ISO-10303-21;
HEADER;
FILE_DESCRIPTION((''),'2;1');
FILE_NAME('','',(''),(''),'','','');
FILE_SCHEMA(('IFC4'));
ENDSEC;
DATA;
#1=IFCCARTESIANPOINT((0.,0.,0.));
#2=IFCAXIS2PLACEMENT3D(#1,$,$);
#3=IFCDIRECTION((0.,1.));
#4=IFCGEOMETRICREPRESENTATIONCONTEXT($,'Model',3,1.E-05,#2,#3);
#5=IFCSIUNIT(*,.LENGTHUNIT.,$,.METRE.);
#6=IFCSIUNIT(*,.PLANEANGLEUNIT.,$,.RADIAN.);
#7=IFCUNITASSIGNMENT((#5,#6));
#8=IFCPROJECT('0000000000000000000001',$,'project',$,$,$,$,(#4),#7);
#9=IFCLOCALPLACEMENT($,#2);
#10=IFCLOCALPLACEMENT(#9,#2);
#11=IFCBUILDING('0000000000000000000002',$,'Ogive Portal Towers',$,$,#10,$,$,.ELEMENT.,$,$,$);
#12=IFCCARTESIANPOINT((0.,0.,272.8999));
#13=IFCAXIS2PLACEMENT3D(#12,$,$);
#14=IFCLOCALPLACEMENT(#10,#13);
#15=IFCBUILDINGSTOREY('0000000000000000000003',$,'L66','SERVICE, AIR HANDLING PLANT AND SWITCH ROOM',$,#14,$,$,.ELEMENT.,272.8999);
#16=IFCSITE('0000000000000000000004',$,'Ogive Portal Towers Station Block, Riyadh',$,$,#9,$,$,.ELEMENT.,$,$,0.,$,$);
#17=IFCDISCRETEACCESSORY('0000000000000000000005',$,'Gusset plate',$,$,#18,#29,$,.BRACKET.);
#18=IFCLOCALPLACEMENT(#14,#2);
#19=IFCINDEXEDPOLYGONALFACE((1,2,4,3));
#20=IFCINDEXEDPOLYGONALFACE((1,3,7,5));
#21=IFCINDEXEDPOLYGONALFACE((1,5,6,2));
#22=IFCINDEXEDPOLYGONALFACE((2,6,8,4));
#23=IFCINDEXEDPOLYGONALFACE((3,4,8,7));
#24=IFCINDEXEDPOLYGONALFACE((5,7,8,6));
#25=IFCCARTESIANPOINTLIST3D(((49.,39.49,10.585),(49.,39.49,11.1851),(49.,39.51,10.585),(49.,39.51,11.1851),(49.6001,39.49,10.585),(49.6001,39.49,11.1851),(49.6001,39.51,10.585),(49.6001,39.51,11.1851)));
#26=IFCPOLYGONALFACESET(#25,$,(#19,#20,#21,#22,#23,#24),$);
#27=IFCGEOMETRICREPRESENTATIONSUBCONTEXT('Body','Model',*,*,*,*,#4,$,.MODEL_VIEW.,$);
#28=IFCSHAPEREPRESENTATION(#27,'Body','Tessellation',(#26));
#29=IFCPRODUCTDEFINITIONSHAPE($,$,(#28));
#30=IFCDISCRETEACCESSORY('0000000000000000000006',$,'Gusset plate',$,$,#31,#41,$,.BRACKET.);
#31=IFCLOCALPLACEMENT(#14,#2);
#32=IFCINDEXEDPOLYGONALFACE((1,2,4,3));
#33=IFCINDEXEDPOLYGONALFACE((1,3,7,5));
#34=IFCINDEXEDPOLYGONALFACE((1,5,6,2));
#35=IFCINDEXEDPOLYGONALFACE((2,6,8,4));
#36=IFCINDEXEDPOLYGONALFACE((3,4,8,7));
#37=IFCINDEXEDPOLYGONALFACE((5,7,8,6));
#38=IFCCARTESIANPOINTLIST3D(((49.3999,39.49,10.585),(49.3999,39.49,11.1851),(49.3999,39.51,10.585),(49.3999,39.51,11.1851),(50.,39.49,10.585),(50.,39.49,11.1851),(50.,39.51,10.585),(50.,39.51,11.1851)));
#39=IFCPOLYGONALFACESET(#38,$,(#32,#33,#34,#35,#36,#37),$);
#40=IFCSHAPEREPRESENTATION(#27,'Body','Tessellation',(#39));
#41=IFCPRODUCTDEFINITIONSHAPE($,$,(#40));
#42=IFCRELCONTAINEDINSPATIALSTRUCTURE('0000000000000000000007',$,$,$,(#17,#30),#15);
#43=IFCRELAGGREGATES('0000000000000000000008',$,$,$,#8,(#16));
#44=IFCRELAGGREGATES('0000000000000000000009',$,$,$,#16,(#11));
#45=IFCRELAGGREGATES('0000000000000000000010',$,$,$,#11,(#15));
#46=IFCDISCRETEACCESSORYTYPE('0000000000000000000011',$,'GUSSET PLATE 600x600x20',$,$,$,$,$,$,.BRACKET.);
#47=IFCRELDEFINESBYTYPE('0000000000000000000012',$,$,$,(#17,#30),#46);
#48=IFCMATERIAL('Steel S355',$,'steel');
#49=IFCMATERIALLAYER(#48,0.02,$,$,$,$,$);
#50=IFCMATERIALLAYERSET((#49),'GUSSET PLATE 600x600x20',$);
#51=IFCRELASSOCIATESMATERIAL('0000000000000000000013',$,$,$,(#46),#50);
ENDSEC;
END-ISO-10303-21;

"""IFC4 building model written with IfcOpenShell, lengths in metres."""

from ifc_helpers import new_model, si_unit, direction, frame, origin, origin_2d, place, context, subcontext, project, spatial, rectangle, extrude, material, layer, layer_set, type_object, element, save


model = new_model("IFC4")

# Units and contexts
model_context = context("Model", 3, precision=1e-05, world=origin(), true_north=direction((0.0, 1.0)))
body_context = subcontext(model_context, "Body", "Model", "MODEL_VIEW")
ifc_project = project(units=[si_unit("LENGTHUNIT", "METRE"), si_unit("PLANEANGLEUNIT", "RADIAN")], contexts=[model_context])

# Site, building, storey
site_placement = place(None, origin())
site = spatial("IfcSite", under=ifc_project, at=site_placement, Name="Ogive Portal Towers Station Block, Riyadh", CompositionType="ELEMENT", RefElevation=0.0)
building_placement = place(site_placement, origin())
building = spatial("IfcBuilding", under=site, at=building_placement, Name="Ogive Portal Towers", CompositionType="ELEMENT")
storey_placement = place(building_placement, frame((0.0, 0.0, 272.8999)))
storey = spatial("IfcBuildingStorey", under=building, at=storey_placement, Name="L66", Description="SERVICE, AIR HANDLING PLANT AND SWITCH ROOM", CompositionType="ELEMENT", Elevation=272.8999)

# Shared definitions
ifc_material_1 = material(Name="Steel S355", Category="steel")

# Discrete accessories
ifc_layer_1 = layer(ifc_material_1, 0.02)
ifc_layer_set_1 = layer_set([ifc_layer_1], Name="GUSSET PLATE 600x600x20")
discrete_accessory_type = type_object("IfcDiscreteAccessoryType", Name="GUSSET PLATE 600x600x20", PredefinedType="BRACKET", material=ifc_layer_set_1)
for number, where, z_axis, x_axis, name in (
    (1, (49.3, 39.5, 10.585), (0.0, 0.0, 1.0), (1.0, 0.0, 0.0), "Gusset plate"),
    (2, (49.7, 39.5, 10.585), (0.0, 0.0, 1.0), (1.0, 0.0, 0.0), "Gusset plate"),
):
    element("IfcDiscreteAccessory", number, at=place(storey_placement, frame(where, z_axis=z_axis, x_axis=x_axis)), inside=storey, type_object=discrete_accessory_type, Name=name, PredefinedType="BRACKET", context=body_context, shape_type="SweptSolid", body=[
        extrude(rectangle(XDim=0.6001, YDim=0.02, at=origin_2d()), origin(), (0.0, 0.0, 1.0), 0.6001),
    ])

save(model, "model.ifc")
